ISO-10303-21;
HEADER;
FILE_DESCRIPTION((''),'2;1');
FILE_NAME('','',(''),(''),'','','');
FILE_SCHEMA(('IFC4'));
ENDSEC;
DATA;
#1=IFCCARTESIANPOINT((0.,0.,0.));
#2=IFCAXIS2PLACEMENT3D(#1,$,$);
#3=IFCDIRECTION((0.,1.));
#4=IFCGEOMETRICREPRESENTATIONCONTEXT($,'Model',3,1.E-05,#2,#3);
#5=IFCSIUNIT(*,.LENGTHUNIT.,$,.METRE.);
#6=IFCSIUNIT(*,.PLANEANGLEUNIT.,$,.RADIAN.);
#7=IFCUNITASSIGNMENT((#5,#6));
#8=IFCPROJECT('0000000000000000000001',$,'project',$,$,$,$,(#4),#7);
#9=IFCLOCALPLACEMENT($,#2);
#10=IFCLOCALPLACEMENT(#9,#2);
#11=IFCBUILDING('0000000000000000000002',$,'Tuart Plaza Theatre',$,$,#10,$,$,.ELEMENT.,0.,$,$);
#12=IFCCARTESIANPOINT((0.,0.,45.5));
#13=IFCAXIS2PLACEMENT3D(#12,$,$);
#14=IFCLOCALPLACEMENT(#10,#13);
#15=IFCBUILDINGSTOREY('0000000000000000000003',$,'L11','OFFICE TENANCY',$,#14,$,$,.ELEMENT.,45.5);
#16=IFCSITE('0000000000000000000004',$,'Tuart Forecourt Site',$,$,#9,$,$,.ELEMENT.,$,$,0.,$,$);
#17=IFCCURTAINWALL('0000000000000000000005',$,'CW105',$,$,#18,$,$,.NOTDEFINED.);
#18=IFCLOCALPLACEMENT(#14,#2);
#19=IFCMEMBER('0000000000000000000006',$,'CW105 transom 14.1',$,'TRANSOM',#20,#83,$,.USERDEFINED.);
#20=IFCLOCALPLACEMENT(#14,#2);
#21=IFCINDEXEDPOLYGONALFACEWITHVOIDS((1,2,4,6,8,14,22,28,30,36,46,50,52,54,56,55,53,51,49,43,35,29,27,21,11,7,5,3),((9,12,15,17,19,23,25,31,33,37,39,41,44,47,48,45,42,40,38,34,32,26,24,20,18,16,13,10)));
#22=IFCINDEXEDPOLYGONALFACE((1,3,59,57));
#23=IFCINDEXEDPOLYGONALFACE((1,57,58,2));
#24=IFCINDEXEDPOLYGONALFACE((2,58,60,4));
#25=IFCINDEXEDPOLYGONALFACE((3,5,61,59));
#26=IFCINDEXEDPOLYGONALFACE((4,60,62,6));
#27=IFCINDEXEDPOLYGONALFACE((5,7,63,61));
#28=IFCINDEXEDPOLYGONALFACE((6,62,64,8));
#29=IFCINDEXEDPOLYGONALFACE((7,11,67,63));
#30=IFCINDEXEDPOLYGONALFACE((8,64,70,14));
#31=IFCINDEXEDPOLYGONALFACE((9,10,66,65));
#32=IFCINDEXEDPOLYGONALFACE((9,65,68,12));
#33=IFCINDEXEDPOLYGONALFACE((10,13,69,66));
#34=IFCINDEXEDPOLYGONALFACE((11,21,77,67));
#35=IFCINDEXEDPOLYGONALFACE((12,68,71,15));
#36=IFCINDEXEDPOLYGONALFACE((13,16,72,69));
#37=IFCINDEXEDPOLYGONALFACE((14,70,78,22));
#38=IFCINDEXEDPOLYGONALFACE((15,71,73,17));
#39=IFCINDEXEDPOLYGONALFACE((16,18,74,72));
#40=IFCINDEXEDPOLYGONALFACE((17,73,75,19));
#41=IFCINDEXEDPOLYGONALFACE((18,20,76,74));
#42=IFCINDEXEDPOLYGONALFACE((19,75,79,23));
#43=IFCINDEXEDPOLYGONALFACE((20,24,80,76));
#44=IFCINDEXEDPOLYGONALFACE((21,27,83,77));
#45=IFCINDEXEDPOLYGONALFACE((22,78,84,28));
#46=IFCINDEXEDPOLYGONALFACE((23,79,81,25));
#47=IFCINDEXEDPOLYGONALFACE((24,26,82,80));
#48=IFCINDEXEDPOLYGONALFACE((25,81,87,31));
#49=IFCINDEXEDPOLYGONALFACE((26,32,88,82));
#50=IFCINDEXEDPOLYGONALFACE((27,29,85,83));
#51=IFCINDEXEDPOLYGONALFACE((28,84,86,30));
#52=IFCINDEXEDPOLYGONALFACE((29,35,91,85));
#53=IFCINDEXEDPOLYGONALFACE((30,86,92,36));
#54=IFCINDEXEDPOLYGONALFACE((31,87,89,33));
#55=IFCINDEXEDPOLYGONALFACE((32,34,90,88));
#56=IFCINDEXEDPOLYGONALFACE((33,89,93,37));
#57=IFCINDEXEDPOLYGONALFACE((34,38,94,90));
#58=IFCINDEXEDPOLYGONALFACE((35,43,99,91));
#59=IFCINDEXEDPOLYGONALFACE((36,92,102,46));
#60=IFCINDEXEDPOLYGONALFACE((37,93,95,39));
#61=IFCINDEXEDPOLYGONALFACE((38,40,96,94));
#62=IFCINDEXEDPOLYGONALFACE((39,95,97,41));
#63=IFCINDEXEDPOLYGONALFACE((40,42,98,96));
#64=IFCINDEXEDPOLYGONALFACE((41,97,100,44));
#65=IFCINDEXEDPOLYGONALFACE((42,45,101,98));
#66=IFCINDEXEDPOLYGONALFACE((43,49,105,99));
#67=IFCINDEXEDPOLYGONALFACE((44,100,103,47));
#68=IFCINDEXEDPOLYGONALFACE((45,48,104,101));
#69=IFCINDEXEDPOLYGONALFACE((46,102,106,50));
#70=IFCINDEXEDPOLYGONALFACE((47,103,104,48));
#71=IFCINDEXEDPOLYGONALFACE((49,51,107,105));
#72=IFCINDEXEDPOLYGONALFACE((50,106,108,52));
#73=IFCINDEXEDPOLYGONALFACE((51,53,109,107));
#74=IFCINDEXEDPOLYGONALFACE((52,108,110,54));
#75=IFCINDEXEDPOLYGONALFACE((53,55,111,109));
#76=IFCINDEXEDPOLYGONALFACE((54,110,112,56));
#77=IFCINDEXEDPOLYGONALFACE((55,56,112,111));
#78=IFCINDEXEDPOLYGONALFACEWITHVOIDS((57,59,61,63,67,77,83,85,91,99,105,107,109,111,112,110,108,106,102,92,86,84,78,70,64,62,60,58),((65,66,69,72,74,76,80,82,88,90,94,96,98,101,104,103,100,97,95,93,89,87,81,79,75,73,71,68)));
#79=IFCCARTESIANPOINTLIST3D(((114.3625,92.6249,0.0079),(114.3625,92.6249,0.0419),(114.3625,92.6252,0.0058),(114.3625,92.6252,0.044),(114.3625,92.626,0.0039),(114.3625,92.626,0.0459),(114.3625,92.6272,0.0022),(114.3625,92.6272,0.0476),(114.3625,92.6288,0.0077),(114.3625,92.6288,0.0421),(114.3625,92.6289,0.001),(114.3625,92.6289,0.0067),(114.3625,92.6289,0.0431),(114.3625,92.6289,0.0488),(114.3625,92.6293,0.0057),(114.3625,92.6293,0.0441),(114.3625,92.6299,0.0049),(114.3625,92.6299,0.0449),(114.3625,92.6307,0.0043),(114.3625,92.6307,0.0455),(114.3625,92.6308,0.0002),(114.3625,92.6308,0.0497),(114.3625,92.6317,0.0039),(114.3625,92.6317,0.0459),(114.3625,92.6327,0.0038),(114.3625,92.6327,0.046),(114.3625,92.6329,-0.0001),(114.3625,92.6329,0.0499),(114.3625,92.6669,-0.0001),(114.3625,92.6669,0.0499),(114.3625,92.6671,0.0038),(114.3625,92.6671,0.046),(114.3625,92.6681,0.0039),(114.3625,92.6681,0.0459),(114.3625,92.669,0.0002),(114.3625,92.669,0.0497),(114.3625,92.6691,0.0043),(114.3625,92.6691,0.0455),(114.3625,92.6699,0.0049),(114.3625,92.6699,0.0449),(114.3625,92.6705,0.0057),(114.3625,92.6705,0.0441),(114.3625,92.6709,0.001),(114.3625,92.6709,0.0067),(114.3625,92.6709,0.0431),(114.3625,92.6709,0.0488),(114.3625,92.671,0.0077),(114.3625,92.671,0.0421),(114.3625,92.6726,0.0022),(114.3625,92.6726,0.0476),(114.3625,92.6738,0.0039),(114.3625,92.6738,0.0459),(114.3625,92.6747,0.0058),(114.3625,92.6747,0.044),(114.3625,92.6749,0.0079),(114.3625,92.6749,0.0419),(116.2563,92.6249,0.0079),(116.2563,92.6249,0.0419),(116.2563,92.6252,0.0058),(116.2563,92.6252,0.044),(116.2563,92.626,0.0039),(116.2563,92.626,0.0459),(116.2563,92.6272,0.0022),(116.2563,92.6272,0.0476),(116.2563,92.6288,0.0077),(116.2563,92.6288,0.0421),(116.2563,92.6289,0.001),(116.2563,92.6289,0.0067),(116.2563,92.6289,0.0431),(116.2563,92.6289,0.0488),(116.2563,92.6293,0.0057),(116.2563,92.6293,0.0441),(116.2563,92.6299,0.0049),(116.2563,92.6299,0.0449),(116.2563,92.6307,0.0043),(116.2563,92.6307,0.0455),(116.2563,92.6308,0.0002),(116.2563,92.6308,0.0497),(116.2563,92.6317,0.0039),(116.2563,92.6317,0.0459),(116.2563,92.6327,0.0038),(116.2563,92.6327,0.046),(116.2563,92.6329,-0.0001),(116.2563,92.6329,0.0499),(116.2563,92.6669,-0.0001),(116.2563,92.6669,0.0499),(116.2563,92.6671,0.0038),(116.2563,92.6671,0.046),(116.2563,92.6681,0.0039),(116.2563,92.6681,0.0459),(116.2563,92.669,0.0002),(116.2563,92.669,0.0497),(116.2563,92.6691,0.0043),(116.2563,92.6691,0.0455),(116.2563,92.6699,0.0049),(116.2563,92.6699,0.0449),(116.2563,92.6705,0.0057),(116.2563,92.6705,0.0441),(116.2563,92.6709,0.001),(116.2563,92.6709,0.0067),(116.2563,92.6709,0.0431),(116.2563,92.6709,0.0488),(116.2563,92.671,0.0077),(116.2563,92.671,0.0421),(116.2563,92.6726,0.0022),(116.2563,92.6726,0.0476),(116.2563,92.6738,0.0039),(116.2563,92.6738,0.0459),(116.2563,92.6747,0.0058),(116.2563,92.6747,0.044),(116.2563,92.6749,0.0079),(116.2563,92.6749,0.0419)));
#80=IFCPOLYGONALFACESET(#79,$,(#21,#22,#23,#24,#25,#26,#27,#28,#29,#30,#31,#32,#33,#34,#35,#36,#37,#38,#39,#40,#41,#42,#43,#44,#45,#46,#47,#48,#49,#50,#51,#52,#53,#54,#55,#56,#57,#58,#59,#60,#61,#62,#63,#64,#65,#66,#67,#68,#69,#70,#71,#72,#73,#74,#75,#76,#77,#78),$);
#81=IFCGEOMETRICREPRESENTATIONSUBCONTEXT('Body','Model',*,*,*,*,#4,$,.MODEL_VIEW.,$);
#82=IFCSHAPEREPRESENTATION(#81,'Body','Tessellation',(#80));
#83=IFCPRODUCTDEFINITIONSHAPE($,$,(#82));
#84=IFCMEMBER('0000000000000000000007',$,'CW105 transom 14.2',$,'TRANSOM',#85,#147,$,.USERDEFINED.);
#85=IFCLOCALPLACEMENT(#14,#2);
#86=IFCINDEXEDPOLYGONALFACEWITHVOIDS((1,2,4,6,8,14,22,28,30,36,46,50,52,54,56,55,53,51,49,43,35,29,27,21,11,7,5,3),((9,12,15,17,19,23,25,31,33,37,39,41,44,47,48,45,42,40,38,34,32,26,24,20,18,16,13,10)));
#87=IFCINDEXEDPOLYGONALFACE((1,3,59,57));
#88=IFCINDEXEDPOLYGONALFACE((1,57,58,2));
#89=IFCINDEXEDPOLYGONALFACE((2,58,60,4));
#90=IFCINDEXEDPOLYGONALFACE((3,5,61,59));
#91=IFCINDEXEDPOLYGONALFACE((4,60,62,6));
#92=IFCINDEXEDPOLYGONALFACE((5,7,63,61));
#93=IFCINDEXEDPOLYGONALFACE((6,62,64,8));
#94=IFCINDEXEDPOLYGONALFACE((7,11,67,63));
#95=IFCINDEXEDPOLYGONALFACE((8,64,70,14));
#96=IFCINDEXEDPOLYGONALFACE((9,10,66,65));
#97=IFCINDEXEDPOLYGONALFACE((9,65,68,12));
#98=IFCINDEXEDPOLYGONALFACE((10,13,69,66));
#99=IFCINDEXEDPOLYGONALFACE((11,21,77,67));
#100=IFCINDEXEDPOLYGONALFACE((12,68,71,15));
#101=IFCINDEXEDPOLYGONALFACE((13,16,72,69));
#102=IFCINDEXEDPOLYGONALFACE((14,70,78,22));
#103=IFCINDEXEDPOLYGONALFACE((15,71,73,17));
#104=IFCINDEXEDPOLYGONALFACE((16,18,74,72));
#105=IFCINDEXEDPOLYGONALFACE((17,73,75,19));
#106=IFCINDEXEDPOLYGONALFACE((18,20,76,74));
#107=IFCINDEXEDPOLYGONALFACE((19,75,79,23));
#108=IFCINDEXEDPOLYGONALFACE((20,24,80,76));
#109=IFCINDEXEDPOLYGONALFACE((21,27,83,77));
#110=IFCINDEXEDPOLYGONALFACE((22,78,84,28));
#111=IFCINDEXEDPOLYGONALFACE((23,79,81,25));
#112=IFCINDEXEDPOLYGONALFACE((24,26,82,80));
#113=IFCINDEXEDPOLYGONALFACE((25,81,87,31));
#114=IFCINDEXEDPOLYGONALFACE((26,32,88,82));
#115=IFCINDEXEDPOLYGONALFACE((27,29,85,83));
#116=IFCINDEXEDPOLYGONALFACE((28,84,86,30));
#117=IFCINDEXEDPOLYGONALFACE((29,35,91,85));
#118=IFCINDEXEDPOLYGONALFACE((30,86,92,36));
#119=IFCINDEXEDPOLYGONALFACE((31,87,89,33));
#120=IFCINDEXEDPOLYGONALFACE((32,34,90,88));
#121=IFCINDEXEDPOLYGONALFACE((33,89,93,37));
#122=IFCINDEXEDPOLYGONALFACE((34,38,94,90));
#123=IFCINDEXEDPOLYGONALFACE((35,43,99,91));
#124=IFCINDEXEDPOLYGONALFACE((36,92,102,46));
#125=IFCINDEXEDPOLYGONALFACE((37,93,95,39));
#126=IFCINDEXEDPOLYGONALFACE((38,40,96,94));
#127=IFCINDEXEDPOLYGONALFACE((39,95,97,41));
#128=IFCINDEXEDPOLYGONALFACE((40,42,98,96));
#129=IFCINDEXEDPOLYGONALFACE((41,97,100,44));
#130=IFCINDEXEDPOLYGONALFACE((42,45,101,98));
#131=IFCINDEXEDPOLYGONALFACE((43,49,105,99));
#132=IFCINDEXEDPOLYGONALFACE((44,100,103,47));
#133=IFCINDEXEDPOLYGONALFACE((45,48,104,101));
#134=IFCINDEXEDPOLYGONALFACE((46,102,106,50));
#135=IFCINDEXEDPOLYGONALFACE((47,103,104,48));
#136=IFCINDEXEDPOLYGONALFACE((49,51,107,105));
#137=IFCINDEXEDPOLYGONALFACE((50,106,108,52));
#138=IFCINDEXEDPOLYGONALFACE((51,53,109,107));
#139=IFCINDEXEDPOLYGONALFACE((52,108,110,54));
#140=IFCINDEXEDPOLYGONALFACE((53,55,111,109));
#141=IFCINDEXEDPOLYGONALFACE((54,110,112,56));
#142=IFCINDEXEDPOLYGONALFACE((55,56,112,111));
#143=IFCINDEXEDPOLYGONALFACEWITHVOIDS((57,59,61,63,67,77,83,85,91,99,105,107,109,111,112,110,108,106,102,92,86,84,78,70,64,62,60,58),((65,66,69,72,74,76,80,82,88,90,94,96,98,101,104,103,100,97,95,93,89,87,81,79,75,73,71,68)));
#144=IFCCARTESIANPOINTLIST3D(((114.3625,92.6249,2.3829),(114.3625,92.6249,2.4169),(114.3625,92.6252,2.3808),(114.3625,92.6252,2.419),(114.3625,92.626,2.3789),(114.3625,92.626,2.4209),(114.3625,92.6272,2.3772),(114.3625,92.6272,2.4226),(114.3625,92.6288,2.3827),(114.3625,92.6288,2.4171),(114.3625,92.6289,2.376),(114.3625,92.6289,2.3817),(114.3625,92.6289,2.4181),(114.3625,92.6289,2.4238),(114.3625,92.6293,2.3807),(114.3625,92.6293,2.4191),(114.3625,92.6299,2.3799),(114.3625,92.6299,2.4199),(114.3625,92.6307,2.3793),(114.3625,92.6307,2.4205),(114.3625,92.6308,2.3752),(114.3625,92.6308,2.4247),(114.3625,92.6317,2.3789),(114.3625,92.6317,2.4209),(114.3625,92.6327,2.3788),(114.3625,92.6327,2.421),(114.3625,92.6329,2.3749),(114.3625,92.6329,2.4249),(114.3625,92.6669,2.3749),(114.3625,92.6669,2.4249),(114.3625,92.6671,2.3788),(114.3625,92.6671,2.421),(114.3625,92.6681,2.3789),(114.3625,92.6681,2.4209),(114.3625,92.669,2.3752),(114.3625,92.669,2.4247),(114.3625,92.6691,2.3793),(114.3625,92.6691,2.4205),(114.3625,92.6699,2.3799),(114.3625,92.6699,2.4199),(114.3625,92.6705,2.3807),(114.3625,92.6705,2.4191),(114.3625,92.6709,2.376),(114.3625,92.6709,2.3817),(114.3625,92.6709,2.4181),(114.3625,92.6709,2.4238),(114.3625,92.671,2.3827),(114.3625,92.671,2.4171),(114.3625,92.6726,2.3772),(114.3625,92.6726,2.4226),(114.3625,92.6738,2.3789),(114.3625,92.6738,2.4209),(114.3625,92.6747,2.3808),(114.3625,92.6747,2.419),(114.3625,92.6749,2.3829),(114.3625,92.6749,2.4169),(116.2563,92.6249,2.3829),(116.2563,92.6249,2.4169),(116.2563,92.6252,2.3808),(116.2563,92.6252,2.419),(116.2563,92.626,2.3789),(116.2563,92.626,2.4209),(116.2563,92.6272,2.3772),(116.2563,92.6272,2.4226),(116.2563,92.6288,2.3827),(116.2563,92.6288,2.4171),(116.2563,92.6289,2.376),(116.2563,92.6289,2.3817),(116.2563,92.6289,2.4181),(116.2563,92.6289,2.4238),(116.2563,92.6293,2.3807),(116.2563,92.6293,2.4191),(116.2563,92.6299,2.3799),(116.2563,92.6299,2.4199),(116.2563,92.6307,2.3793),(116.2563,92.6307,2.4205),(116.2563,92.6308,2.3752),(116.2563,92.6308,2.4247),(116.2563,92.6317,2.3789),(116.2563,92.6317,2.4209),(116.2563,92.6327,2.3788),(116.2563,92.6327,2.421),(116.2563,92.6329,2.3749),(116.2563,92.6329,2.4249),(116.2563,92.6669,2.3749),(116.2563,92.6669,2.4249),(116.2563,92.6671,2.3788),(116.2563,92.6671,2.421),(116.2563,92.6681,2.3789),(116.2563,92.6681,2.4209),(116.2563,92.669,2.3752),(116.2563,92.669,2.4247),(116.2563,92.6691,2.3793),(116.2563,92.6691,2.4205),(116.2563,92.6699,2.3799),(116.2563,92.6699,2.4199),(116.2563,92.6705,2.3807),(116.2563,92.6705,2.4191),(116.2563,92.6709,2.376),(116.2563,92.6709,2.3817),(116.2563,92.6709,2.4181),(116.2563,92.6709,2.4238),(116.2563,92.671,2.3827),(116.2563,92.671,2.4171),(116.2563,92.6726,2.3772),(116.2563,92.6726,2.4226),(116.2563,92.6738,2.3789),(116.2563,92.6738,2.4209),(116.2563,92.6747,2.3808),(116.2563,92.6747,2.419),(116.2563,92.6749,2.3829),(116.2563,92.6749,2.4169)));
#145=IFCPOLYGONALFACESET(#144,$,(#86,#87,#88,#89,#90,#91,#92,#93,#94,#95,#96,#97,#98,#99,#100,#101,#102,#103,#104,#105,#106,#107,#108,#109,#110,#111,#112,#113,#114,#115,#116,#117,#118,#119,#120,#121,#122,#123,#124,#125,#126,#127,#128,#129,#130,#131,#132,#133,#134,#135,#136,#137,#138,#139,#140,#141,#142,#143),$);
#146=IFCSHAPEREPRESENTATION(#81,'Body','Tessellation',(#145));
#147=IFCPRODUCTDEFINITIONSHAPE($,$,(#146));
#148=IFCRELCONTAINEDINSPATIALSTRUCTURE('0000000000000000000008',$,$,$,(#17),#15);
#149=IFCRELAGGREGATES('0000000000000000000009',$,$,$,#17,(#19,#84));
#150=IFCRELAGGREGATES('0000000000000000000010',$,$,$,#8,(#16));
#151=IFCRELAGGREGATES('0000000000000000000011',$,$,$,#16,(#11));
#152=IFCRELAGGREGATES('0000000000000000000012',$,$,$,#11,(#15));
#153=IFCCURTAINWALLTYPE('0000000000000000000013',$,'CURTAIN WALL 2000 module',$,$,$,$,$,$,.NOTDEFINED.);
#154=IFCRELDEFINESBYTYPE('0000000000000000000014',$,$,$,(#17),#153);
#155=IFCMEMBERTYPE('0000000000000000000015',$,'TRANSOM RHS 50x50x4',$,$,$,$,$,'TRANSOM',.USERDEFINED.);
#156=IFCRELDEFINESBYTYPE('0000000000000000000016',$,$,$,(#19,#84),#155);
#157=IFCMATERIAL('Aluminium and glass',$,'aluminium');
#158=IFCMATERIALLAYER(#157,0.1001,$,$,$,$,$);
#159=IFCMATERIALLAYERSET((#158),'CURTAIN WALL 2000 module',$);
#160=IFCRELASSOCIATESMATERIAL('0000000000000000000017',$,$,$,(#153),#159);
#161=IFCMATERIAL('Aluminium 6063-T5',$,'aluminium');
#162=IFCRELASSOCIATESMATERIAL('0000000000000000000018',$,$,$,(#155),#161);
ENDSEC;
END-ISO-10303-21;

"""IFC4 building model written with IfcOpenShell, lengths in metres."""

from ifc_helpers import new_model, si_unit, direction, frame, origin, origin_2d, place, context, subcontext, project, spatial, hollow_rectangle, extrude, material, layer, layer_set, material_profile, profile_set, type_object, element, aggregate, save


model = new_model("IFC4")

# Units and contexts
model_context = context("Model", 3, precision=1e-05, world=origin(), true_north=direction((0.0, 1.0)))
body_context = subcontext(model_context, "Body", "Model", "MODEL_VIEW")
ifc_project = project(units=[si_unit("LENGTHUNIT", "METRE"), si_unit("PLANEANGLEUNIT", "RADIAN")], contexts=[model_context])

# Site, building, storey
site_placement = place(None, origin())
site = spatial("IfcSite", under=ifc_project, at=site_placement, Name="Tuart Forecourt Site", CompositionType="ELEMENT", RefElevation=0.0)
building_placement = place(site_placement, origin())
building = spatial("IfcBuilding", under=site, at=building_placement, Name="Tuart Plaza Theatre", CompositionType="ELEMENT", ElevationOfRefHeight=0.0)
storey_placement = place(building_placement, frame((0.0, 0.0, 45.5)))
storey = spatial("IfcBuildingStorey", under=building, at=storey_placement, Name="L11", Description="OFFICE TENANCY", CompositionType="ELEMENT", Elevation=45.5)

# Curtain wall, members
ifc_material_1 = material(Name="Aluminium and glass", Category="aluminium")
ifc_layer_1 = layer(ifc_material_1, 0.1001)
ifc_layer_set_1 = layer_set([ifc_layer_1], Name="CURTAIN WALL 2000 module")
curtain_wall_type = type_object("IfcCurtainWallType", Name="CURTAIN WALL 2000 module", PredefinedType="NOTDEFINED", material=ifc_layer_set_1)
curtain_wall_placement = place(storey_placement, origin())
curtain_wall = element("IfcCurtainWall", 1, at=curtain_wall_placement, inside=storey, type_object=curtain_wall_type, Name="CW105", PredefinedType="NOTDEFINED")
ifc_material_2 = material(Name="Aluminium 6063-T5", Category="aluminium")
ifc_material_profile_1 = material_profile(ifc_material_2, hollow_rectangle(XDim=0.05, YDim=0.05, WallThickness=0.0039, InnerFilletRadius=0.0039, OuterFilletRadius=0.0081, at=origin_2d()), Name="RHS 50x50x4")
ifc_profile_set_1 = profile_set([ifc_material_profile_1], Name="Aluminium 6063-T5")
member_type_1 = type_object("IfcMemberType", Name="TRANSOM RHS 50x50x4", ElementType="TRANSOM", PredefinedType="USERDEFINED", material=ifc_profile_set_1)
member_1_placement = place(storey_placement, frame((116.2563, 92.6499, 0.0249), z_axis=(-1.0, 0.0, 0.0), x_axis=(0.0, -1.0, 0.0)))
member_1 = element("IfcMember", 2, at=member_1_placement, type_object=member_type_1, Name="CW105 transom 14.1", ObjectType="TRANSOM", PredefinedType="USERDEFINED", context=body_context, shape_type="SweptSolid", body=[
    extrude(hollow_rectangle(XDim=0.05, YDim=0.05, WallThickness=0.0039, InnerFilletRadius=0.0039, OuterFilletRadius=0.0081, at=origin_2d()), origin(), (0.0, 0.0, 1.0), 1.8938),
])
member_2_placement = place(storey_placement, frame((116.2563, 92.6499, 2.3999), z_axis=(-1.0, 0.0, 0.0), x_axis=(0.0, -1.0, 0.0)))
member_2 = element("IfcMember", 3, at=member_2_placement, type_object=member_type_1, Name="CW105 transom 14.2", ObjectType="TRANSOM", PredefinedType="USERDEFINED", context=body_context, shape_type="SweptSolid", body=[
    extrude(hollow_rectangle(XDim=0.05, YDim=0.05, WallThickness=0.0039, InnerFilletRadius=0.0039, OuterFilletRadius=0.0081, at=origin_2d()), origin(), (0.0, 0.0, 1.0), 1.8938),
])
aggregate(curtain_wall, [member_1, member_2])

save(model, "model.ifc")
